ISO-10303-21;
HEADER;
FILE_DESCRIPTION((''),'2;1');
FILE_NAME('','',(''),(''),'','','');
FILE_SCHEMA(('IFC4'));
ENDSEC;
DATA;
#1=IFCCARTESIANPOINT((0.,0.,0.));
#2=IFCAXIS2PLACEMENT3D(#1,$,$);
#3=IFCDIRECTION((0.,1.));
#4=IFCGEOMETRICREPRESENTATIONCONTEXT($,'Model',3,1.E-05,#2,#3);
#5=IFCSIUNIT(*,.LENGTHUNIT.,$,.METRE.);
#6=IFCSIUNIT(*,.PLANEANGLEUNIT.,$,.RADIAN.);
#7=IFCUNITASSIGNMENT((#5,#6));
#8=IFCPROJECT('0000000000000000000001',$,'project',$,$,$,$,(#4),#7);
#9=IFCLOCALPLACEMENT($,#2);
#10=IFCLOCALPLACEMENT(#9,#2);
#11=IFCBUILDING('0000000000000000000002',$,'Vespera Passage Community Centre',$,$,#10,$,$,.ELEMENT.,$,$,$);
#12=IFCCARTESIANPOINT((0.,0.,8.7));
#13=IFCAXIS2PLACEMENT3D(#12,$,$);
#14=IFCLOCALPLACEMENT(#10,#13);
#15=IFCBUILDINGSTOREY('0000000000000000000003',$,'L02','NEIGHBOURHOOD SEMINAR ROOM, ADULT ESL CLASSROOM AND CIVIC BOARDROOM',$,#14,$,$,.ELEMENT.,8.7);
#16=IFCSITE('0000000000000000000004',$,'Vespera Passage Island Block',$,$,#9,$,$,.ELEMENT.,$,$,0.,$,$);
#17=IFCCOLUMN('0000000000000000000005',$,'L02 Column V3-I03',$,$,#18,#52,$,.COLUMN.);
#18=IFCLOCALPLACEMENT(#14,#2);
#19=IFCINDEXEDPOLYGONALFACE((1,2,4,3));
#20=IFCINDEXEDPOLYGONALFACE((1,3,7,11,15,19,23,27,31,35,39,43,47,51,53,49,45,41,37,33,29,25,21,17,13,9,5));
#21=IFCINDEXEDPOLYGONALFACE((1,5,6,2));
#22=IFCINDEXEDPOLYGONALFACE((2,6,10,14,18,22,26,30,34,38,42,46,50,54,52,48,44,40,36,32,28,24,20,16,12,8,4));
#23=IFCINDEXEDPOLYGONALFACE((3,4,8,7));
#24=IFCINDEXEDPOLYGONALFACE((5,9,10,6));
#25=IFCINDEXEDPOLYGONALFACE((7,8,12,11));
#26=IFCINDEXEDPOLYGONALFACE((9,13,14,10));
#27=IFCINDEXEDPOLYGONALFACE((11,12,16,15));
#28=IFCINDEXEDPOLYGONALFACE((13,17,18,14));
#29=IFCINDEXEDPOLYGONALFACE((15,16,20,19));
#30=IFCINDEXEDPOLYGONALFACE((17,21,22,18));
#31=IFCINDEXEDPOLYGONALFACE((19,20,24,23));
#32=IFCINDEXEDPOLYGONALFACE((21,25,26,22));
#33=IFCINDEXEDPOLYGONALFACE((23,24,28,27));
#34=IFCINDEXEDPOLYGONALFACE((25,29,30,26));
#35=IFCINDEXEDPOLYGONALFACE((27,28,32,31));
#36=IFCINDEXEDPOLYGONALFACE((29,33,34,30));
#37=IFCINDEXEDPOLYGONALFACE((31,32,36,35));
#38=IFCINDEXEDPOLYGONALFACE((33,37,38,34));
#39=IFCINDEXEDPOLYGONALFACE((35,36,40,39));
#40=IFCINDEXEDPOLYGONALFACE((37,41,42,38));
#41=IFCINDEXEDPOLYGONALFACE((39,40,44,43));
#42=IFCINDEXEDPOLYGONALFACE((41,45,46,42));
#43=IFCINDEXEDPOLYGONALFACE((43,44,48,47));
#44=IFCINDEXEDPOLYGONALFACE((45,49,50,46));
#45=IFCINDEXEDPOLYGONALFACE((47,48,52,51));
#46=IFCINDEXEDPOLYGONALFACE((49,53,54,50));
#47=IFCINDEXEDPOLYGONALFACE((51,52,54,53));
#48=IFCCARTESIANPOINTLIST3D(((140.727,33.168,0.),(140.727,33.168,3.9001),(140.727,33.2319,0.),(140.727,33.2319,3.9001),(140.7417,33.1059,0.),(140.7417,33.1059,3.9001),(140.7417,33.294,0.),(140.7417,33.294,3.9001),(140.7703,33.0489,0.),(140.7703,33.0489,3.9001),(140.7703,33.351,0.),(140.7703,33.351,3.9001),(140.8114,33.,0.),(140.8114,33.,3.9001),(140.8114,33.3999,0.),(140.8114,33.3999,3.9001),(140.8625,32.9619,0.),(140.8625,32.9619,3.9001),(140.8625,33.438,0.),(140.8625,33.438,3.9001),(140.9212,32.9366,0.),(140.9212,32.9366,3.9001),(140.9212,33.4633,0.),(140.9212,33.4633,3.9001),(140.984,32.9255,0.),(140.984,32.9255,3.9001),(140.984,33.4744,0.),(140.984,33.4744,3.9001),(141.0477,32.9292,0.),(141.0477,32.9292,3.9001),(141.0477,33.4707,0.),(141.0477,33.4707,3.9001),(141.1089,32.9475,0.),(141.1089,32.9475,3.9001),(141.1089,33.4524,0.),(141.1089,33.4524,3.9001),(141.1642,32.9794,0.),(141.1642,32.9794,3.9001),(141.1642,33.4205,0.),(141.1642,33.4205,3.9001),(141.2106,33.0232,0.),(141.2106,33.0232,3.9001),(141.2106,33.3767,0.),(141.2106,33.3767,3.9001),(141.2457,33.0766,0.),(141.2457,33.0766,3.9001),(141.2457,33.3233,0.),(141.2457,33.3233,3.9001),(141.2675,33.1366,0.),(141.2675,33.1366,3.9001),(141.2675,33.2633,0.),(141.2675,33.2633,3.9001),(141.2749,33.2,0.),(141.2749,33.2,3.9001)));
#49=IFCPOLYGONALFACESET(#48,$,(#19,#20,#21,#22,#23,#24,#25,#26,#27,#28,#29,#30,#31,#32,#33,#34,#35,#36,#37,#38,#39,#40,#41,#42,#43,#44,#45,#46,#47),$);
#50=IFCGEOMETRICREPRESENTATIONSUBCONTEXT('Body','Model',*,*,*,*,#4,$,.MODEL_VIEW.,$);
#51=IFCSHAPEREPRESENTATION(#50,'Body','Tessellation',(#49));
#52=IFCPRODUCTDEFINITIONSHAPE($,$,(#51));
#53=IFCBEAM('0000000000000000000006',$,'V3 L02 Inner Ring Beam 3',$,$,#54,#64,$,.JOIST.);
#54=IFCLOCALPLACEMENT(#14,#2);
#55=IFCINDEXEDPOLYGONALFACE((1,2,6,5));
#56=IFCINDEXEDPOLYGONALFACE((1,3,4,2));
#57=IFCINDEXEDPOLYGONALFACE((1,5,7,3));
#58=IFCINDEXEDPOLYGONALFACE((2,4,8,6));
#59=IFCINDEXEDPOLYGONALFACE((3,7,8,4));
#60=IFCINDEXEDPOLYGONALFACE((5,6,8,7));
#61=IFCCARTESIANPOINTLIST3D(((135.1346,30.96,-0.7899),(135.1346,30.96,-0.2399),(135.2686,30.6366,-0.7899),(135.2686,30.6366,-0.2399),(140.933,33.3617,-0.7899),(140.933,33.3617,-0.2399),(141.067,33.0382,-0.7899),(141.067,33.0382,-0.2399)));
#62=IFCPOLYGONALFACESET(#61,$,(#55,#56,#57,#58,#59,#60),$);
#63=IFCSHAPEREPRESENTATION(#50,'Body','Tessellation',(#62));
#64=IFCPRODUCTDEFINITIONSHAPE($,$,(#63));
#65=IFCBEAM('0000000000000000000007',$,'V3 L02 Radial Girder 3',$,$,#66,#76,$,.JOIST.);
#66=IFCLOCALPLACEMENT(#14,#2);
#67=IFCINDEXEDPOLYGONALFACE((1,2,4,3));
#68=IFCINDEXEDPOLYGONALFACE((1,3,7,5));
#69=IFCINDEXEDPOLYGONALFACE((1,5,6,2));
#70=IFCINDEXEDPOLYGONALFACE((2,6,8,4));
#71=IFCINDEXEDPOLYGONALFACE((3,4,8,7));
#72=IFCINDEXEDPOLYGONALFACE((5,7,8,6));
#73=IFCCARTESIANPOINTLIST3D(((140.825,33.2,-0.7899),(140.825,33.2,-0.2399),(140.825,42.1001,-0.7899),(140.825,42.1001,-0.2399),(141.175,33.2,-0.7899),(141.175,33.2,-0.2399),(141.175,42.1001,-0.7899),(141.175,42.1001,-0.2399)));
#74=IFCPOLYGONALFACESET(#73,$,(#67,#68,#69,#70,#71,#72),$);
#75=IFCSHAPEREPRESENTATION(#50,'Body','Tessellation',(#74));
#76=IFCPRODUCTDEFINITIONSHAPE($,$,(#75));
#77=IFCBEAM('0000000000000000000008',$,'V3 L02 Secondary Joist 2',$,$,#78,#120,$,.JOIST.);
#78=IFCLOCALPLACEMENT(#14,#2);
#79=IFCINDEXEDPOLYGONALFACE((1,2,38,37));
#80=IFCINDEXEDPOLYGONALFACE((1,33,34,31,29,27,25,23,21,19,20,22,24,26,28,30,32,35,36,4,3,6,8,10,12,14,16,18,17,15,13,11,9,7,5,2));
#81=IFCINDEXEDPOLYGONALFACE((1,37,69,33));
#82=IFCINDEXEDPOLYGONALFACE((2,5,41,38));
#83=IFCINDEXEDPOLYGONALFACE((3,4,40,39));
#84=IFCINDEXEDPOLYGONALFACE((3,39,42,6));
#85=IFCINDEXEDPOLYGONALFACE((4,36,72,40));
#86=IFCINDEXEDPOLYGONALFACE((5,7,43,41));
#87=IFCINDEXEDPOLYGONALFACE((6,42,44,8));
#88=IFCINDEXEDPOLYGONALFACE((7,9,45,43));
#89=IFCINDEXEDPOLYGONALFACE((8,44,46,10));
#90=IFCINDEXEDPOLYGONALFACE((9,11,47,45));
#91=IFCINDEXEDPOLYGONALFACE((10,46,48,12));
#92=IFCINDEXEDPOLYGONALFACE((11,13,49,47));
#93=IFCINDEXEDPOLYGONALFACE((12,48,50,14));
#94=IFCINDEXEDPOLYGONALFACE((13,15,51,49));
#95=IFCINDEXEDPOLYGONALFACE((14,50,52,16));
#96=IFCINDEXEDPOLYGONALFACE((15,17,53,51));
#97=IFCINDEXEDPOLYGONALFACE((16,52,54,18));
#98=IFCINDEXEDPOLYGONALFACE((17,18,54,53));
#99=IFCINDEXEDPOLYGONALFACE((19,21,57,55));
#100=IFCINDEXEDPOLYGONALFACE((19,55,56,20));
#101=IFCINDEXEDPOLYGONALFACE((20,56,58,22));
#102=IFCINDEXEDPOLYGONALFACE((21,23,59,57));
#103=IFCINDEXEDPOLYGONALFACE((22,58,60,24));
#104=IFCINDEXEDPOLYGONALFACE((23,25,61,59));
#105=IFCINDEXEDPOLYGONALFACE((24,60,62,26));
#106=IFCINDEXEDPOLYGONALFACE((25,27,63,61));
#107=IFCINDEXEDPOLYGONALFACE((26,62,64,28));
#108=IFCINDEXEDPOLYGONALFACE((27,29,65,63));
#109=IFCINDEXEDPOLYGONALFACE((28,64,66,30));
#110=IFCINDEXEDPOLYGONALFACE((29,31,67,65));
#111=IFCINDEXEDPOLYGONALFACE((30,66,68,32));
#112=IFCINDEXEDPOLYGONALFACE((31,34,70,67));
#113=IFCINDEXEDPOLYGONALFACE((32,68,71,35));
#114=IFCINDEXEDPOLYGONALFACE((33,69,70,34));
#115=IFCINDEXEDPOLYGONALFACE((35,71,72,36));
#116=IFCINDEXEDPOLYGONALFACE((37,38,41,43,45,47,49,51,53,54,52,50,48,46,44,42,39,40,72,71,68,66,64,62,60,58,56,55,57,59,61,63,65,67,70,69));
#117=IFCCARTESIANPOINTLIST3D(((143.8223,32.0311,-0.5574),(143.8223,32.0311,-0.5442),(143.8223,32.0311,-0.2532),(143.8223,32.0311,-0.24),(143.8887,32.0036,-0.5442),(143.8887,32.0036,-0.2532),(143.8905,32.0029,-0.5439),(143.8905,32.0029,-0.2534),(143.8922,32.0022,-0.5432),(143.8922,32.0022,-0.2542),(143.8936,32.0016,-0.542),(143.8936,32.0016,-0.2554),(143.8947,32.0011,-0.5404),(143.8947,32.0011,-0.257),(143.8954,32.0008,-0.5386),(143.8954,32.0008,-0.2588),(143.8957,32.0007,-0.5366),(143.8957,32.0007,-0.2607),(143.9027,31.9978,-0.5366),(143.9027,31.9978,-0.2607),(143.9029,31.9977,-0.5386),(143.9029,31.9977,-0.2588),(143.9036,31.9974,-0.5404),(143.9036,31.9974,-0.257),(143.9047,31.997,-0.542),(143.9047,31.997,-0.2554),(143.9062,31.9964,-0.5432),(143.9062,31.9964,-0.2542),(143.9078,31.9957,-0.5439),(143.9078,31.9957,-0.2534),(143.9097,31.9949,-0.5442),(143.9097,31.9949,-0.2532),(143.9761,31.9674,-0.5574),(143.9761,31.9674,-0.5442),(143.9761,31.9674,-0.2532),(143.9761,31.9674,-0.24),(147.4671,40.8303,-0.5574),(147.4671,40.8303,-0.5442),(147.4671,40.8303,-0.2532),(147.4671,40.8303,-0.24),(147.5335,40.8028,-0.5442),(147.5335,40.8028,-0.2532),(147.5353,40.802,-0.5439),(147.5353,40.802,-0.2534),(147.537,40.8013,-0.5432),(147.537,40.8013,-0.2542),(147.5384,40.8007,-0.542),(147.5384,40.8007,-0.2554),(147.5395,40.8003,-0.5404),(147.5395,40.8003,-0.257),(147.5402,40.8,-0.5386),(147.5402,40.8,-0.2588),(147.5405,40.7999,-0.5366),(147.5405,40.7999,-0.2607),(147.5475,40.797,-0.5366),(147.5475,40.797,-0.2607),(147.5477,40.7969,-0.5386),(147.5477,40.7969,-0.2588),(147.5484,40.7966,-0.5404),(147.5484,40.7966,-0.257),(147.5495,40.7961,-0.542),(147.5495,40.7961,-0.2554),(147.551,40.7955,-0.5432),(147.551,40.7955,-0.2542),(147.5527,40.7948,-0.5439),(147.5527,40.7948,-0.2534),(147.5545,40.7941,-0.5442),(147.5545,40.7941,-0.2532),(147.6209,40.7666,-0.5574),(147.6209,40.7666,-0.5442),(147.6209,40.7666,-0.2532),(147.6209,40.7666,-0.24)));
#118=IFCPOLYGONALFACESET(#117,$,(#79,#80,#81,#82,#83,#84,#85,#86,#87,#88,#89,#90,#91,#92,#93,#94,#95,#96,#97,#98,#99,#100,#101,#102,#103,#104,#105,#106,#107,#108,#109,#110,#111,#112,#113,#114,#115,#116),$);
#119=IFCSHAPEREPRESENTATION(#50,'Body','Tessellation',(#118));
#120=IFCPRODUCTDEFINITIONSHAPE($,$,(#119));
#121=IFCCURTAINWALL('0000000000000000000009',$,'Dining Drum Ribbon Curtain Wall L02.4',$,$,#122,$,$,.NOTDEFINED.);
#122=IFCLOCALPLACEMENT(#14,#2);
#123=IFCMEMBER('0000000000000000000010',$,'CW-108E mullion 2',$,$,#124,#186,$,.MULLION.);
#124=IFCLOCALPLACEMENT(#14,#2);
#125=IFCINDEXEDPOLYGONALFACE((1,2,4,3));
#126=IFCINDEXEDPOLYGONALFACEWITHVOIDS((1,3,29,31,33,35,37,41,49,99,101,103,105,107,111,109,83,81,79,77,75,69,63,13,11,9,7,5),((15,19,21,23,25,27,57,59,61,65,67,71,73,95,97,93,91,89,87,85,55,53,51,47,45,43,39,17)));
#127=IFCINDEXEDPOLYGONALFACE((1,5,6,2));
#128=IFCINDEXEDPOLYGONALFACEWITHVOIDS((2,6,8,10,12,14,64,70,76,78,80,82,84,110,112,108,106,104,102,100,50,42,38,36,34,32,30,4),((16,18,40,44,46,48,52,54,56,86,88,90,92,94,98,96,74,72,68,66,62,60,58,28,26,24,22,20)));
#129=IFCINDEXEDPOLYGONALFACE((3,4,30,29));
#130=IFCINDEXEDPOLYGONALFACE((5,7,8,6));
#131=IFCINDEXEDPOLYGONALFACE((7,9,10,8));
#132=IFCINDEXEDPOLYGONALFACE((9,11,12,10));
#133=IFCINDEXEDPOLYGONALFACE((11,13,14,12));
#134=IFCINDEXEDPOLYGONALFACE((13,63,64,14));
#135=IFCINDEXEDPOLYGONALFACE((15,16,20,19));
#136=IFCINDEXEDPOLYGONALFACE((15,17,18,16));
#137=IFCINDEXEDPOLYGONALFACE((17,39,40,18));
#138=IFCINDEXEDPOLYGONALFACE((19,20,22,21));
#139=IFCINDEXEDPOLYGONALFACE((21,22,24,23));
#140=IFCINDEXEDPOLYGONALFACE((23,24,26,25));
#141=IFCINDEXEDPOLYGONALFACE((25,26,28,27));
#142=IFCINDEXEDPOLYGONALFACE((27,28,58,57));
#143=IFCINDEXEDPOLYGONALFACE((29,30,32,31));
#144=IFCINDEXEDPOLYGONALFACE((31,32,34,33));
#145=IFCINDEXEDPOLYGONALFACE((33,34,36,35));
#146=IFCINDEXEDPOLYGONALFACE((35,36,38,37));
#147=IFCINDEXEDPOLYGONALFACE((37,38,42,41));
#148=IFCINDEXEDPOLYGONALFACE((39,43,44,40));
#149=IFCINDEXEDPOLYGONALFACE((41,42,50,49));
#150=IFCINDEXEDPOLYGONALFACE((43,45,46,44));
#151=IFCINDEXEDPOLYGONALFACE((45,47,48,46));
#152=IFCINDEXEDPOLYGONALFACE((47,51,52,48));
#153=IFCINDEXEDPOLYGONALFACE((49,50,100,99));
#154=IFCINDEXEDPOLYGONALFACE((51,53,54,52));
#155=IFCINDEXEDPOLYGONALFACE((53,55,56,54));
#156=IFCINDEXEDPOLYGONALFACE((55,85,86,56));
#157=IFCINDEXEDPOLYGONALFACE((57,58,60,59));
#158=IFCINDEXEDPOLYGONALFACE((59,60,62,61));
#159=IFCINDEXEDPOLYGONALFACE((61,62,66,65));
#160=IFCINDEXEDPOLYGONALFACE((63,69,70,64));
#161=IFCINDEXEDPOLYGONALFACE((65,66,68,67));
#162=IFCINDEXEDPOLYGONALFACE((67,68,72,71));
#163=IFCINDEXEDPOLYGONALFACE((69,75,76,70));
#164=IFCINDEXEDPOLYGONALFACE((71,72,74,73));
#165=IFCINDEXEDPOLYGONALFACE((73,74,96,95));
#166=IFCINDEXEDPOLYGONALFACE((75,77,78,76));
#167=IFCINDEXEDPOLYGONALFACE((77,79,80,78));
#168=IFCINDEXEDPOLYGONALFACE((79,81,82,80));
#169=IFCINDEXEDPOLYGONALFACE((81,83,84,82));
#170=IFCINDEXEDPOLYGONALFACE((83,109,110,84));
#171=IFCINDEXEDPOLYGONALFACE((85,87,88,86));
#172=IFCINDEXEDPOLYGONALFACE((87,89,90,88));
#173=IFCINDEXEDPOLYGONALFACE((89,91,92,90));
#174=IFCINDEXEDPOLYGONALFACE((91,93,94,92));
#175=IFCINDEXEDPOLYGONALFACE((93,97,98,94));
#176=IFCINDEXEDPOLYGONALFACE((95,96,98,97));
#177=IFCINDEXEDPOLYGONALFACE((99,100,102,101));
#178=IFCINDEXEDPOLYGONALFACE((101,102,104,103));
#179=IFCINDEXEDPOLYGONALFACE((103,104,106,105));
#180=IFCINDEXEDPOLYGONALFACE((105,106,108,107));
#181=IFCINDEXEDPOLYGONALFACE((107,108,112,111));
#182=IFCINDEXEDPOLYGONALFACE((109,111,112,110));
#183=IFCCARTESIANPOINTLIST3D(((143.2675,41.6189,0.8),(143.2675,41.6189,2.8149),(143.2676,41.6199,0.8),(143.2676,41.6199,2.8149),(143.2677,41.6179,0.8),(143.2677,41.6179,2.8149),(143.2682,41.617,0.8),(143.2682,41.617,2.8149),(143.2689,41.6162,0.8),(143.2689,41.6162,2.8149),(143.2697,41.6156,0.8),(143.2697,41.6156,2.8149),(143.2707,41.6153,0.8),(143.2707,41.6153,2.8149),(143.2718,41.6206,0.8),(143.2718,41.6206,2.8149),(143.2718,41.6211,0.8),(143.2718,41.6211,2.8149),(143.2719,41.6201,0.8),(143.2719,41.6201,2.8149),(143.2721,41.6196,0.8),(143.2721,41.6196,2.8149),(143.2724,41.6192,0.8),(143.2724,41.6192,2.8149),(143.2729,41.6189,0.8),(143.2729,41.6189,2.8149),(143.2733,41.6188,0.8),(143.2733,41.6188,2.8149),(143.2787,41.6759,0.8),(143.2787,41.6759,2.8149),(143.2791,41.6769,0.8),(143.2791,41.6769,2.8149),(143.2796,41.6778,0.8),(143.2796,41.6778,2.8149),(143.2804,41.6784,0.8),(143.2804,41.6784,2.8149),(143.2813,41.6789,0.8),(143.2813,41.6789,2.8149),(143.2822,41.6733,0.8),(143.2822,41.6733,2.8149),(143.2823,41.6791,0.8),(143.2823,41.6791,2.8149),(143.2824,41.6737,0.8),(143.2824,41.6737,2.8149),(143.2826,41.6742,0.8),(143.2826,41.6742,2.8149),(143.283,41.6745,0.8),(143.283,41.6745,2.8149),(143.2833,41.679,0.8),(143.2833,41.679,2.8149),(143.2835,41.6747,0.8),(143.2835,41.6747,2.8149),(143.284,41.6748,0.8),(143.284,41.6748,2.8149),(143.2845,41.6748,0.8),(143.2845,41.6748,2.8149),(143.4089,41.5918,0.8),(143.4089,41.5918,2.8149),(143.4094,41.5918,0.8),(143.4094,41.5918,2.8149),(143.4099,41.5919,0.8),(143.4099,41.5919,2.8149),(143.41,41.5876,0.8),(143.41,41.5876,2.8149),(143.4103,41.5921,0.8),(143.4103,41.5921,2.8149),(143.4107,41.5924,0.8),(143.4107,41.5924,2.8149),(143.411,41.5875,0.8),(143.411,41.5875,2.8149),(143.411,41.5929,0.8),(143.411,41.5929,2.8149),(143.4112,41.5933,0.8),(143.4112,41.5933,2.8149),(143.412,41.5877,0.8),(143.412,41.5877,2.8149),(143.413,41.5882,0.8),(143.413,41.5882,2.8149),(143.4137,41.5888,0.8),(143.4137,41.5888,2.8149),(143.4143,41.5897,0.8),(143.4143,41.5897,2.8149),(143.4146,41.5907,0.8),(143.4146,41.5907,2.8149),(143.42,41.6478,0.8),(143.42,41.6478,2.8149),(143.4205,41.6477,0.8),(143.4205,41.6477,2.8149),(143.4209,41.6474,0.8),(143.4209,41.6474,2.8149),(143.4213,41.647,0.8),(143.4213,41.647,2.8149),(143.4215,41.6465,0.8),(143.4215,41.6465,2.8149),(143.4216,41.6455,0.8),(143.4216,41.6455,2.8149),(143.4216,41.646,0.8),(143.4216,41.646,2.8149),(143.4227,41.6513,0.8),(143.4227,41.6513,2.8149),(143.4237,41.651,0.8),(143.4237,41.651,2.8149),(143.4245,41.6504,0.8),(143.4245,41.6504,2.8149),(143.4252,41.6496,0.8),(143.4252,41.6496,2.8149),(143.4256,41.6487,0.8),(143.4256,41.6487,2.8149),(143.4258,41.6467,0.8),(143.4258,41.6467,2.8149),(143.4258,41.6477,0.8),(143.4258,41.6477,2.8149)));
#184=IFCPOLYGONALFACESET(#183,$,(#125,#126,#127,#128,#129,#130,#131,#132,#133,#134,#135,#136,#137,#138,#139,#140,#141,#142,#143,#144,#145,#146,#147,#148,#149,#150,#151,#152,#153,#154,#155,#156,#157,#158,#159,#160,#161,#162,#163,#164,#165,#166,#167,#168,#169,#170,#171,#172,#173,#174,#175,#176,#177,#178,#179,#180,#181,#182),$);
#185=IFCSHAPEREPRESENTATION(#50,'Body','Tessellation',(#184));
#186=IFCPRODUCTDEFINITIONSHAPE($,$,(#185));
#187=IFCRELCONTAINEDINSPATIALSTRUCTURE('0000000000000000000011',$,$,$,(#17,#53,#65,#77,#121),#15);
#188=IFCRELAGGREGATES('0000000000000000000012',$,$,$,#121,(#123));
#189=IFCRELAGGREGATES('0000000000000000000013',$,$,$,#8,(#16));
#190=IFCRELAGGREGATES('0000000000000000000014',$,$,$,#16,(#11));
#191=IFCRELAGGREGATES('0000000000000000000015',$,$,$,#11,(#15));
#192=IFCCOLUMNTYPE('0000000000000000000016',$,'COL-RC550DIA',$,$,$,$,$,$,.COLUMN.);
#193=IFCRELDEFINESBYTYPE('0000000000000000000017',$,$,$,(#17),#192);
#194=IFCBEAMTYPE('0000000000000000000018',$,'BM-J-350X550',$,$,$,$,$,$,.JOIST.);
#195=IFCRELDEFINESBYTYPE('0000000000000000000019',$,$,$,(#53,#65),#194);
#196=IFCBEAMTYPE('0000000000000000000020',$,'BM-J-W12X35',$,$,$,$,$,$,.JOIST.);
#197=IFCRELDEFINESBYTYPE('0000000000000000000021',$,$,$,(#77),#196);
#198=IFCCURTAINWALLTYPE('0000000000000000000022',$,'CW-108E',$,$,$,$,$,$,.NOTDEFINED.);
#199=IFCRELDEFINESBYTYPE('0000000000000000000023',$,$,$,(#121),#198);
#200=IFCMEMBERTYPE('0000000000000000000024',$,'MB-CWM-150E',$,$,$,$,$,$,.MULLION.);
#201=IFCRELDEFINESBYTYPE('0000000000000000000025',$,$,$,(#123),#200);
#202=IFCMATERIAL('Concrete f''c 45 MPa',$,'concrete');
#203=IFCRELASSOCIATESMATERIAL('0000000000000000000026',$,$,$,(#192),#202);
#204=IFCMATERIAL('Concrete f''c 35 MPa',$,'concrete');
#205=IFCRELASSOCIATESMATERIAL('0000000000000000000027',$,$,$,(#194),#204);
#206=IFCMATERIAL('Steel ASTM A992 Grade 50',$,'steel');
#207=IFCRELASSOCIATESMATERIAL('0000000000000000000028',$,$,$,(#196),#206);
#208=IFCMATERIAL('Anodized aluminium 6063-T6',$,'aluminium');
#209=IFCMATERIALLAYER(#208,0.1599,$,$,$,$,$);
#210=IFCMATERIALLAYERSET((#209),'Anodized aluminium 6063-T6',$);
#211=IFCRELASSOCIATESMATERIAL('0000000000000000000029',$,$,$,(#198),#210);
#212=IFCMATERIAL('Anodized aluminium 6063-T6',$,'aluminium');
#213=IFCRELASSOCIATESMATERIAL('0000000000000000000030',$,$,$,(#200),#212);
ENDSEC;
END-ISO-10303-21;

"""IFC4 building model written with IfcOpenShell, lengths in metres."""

from ifc_helpers import new_model, si_unit, direction, frame, origin, origin_2d, place, context, subcontext, project, spatial, rectangle, hollow_rectangle, circle, i_section, extrude, material, layer, layer_set, material_profile, profile_set, type_object, element, aggregate, save


model = new_model("IFC4")

# Units and contexts
model_context = context("Model", 3, precision=1e-05, world=origin(), true_north=direction((0.0, 1.0)))
body_context = subcontext(model_context, "Body", "Model", "MODEL_VIEW")
ifc_project = project(units=[si_unit("LENGTHUNIT", "METRE"), si_unit("PLANEANGLEUNIT", "RADIAN")], contexts=[model_context])

# Site, building, storey
site_placement = place(None, origin())
site = spatial("IfcSite", under=ifc_project, at=site_placement, Name="Vespera Passage Island Block", CompositionType="ELEMENT", RefElevation=0.0)
building_placement = place(site_placement, origin())
building = spatial("IfcBuilding", under=site, at=building_placement, Name="Vespera Passage Community Centre", CompositionType="ELEMENT")
storey_placement = place(building_placement, frame((0.0, 0.0, 8.7)))
storey = spatial("IfcBuildingStorey", under=building, at=storey_placement, Name="L02", Description="NEIGHBOURHOOD SEMINAR ROOM, ADULT ESL CLASSROOM AND CIVIC BOARDROOM", CompositionType="ELEMENT", Elevation=8.7)

# Column
ifc_material_1 = material(Name="Concrete f'c 45 MPa", Category="concrete")
ifc_material_profile_1 = material_profile(ifc_material_1, circle(Radius=0.2749, at=origin_2d()), Name="RC550DIA")
ifc_profile_set_1 = profile_set([ifc_material_profile_1], Name="Concrete f'c 45 MPa")
column_type = type_object("IfcColumnType", Name="COL-RC550DIA", PredefinedType="COLUMN", material=ifc_profile_set_1)
column_placement = place(storey_placement, frame((141.0, 33.2, 0.0), z_axis=(0.0, 0.0, 1.0), x_axis=(1.0, 0.0, 0.0)))
element("IfcColumn", 1, at=column_placement, inside=storey, type_object=column_type, Name="L02 Column V3-I03", PredefinedType="COLUMN", context=body_context, shape_type="SweptSolid", body=[
    extrude(circle(Radius=0.2749, at=origin_2d()), origin(), (0.0, 0.0, 1.0), 3.9001),
])

# Beams
ifc_material_2 = material(Name="Concrete f'c 35 MPa", Category="concrete")
ifc_material_profile_2 = material_profile(ifc_material_2, rectangle(XDim=0.3501, YDim=0.55, at=origin_2d()), Name="RC350X550")
ifc_profile_set_2 = profile_set([ifc_material_profile_2], Name="Concrete f'c 35 MPa")
beam_type_1 = type_object("IfcBeamType", Name="BM-J-350X550", PredefinedType="JOIST", material=ifc_profile_set_2)
beam_1_placement = place(storey_placement, frame((141.0, 33.2, -0.5149), z_axis=(-0.923887, -0.382664, 0.0), x_axis=(0.382664, -0.923887, 0.0)))
element("IfcBeam", 2, at=beam_1_placement, inside=storey, type_object=beam_type_1, Name="V3 L02 Inner Ring Beam 3", PredefinedType="JOIST", context=body_context, shape_type="SweptSolid", body=[
    extrude(rectangle(XDim=0.3501, YDim=0.55, at=origin_2d()), origin(), (0.0, 0.0, 1.0), 6.2761),
])
beam_2_placement = place(storey_placement, frame((141.0, 33.2, -0.5149), z_axis=(0.0, 1.0, 0.0), x_axis=(-1.0, 0.0, 0.0)))
element("IfcBeam", 3, at=beam_2_placement, inside=storey, type_object=beam_type_1, Name="V3 L02 Radial Girder 3", PredefinedType="JOIST", context=body_context, shape_type="SweptSolid", body=[
    extrude(rectangle(XDim=0.3501, YDim=0.55, at=origin_2d()), origin(), (0.0, 0.0, 1.0), 8.9001),
])
ifc_material_3 = material(Name="Steel ASTM A992 Grade 50", Category="steel")
ifc_material_profile_3 = material_profile(ifc_material_3, i_section(OverallWidth=0.1665, OverallDepth=0.3174, WebThickness=0.0076, FlangeThickness=0.0132, FilletRadius=0.0076, at=origin_2d()), Name="W12X35")
ifc_profile_set_3 = profile_set([ifc_material_profile_3], Name="Steel ASTM A992 Grade 50")
beam_type_2 = type_object("IfcBeamType", Name="BM-J-W12X35", PredefinedType="JOIST", material=ifc_profile_set_3)
beam_3_placement = place(storey_placement, frame((143.8992, 31.9993, -0.3987), z_axis=(0.382691, 0.923877, 0.0), x_axis=(-0.923877, 0.382691, 0.0)))
element("IfcBeam", 4, at=beam_3_placement, inside=storey, type_object=beam_type_2, Name="V3 L02 Secondary Joist 2", PredefinedType="JOIST", context=body_context, shape_type="SweptSolid", body=[
    extrude(i_section(OverallWidth=0.1665, OverallDepth=0.3174, WebThickness=0.0076, FlangeThickness=0.0132, FilletRadius=0.0076, at=origin_2d()), origin(), (0.0, 0.0, 1.0), 9.5242),
])

# Curtain wall, member
ifc_material_4 = material(Name="Anodized aluminium 6063-T6", Category="aluminium")
ifc_layer_1 = layer(ifc_material_4, 0.1599)
ifc_layer_set_1 = layer_set([ifc_layer_1], Name="Anodized aluminium 6063-T6")
curtain_wall_type_1 = type_object("IfcCurtainWallType", Name="CW-108E", PredefinedType="NOTDEFINED", material=ifc_layer_set_1)
curtain_wall_1_placement = place(storey_placement, origin())
curtain_wall_1 = element("IfcCurtainWall", 5, at=curtain_wall_1_placement, inside=storey, type_object=curtain_wall_type_1, Name="Dining Drum Ribbon Curtain Wall L02.4", PredefinedType="NOTDEFINED")
ifc_material_5 = material(Name="Anodized aluminium 6063-T6", Category="aluminium")
ifc_material_profile_4 = material_profile(ifc_material_5, hollow_rectangle(XDim=0.0649, YDim=0.1499, WallThickness=0.0039, InnerFilletRadius=0.002, OuterFilletRadius=0.0039, at=origin_2d()), Name="ALU150X65X4")
ifc_profile_set_4 = profile_set([ifc_material_profile_4], Name="Anodized aluminium 6063-T6")
member_type_1 = type_object("IfcMemberType", Name="MB-CWM-150E", PredefinedType="MULLION", material=ifc_profile_set_4)
member_1_placement = place(storey_placement, frame((143.3467, 41.6333, 0.8), z_axis=(0.0, 0.0, 1.0), x_axis=(0.195097, 0.980784, 0.0)))
member_1 = element("IfcMember", 6, at=member_1_placement, type_object=member_type_1, Name="CW-108E mullion 2", PredefinedType="MULLION", context=body_context, shape_type="SweptSolid", body=[
    extrude(hollow_rectangle(XDim=0.0649, YDim=0.1499, WallThickness=0.0039, InnerFilletRadius=0.002, OuterFilletRadius=0.0039, at=origin_2d()), origin(), (0.0, 0.0, 1.0), 2.0149),
])

aggregate(curtain_wall_1, [member_1])

save(model, "model.ifc")
